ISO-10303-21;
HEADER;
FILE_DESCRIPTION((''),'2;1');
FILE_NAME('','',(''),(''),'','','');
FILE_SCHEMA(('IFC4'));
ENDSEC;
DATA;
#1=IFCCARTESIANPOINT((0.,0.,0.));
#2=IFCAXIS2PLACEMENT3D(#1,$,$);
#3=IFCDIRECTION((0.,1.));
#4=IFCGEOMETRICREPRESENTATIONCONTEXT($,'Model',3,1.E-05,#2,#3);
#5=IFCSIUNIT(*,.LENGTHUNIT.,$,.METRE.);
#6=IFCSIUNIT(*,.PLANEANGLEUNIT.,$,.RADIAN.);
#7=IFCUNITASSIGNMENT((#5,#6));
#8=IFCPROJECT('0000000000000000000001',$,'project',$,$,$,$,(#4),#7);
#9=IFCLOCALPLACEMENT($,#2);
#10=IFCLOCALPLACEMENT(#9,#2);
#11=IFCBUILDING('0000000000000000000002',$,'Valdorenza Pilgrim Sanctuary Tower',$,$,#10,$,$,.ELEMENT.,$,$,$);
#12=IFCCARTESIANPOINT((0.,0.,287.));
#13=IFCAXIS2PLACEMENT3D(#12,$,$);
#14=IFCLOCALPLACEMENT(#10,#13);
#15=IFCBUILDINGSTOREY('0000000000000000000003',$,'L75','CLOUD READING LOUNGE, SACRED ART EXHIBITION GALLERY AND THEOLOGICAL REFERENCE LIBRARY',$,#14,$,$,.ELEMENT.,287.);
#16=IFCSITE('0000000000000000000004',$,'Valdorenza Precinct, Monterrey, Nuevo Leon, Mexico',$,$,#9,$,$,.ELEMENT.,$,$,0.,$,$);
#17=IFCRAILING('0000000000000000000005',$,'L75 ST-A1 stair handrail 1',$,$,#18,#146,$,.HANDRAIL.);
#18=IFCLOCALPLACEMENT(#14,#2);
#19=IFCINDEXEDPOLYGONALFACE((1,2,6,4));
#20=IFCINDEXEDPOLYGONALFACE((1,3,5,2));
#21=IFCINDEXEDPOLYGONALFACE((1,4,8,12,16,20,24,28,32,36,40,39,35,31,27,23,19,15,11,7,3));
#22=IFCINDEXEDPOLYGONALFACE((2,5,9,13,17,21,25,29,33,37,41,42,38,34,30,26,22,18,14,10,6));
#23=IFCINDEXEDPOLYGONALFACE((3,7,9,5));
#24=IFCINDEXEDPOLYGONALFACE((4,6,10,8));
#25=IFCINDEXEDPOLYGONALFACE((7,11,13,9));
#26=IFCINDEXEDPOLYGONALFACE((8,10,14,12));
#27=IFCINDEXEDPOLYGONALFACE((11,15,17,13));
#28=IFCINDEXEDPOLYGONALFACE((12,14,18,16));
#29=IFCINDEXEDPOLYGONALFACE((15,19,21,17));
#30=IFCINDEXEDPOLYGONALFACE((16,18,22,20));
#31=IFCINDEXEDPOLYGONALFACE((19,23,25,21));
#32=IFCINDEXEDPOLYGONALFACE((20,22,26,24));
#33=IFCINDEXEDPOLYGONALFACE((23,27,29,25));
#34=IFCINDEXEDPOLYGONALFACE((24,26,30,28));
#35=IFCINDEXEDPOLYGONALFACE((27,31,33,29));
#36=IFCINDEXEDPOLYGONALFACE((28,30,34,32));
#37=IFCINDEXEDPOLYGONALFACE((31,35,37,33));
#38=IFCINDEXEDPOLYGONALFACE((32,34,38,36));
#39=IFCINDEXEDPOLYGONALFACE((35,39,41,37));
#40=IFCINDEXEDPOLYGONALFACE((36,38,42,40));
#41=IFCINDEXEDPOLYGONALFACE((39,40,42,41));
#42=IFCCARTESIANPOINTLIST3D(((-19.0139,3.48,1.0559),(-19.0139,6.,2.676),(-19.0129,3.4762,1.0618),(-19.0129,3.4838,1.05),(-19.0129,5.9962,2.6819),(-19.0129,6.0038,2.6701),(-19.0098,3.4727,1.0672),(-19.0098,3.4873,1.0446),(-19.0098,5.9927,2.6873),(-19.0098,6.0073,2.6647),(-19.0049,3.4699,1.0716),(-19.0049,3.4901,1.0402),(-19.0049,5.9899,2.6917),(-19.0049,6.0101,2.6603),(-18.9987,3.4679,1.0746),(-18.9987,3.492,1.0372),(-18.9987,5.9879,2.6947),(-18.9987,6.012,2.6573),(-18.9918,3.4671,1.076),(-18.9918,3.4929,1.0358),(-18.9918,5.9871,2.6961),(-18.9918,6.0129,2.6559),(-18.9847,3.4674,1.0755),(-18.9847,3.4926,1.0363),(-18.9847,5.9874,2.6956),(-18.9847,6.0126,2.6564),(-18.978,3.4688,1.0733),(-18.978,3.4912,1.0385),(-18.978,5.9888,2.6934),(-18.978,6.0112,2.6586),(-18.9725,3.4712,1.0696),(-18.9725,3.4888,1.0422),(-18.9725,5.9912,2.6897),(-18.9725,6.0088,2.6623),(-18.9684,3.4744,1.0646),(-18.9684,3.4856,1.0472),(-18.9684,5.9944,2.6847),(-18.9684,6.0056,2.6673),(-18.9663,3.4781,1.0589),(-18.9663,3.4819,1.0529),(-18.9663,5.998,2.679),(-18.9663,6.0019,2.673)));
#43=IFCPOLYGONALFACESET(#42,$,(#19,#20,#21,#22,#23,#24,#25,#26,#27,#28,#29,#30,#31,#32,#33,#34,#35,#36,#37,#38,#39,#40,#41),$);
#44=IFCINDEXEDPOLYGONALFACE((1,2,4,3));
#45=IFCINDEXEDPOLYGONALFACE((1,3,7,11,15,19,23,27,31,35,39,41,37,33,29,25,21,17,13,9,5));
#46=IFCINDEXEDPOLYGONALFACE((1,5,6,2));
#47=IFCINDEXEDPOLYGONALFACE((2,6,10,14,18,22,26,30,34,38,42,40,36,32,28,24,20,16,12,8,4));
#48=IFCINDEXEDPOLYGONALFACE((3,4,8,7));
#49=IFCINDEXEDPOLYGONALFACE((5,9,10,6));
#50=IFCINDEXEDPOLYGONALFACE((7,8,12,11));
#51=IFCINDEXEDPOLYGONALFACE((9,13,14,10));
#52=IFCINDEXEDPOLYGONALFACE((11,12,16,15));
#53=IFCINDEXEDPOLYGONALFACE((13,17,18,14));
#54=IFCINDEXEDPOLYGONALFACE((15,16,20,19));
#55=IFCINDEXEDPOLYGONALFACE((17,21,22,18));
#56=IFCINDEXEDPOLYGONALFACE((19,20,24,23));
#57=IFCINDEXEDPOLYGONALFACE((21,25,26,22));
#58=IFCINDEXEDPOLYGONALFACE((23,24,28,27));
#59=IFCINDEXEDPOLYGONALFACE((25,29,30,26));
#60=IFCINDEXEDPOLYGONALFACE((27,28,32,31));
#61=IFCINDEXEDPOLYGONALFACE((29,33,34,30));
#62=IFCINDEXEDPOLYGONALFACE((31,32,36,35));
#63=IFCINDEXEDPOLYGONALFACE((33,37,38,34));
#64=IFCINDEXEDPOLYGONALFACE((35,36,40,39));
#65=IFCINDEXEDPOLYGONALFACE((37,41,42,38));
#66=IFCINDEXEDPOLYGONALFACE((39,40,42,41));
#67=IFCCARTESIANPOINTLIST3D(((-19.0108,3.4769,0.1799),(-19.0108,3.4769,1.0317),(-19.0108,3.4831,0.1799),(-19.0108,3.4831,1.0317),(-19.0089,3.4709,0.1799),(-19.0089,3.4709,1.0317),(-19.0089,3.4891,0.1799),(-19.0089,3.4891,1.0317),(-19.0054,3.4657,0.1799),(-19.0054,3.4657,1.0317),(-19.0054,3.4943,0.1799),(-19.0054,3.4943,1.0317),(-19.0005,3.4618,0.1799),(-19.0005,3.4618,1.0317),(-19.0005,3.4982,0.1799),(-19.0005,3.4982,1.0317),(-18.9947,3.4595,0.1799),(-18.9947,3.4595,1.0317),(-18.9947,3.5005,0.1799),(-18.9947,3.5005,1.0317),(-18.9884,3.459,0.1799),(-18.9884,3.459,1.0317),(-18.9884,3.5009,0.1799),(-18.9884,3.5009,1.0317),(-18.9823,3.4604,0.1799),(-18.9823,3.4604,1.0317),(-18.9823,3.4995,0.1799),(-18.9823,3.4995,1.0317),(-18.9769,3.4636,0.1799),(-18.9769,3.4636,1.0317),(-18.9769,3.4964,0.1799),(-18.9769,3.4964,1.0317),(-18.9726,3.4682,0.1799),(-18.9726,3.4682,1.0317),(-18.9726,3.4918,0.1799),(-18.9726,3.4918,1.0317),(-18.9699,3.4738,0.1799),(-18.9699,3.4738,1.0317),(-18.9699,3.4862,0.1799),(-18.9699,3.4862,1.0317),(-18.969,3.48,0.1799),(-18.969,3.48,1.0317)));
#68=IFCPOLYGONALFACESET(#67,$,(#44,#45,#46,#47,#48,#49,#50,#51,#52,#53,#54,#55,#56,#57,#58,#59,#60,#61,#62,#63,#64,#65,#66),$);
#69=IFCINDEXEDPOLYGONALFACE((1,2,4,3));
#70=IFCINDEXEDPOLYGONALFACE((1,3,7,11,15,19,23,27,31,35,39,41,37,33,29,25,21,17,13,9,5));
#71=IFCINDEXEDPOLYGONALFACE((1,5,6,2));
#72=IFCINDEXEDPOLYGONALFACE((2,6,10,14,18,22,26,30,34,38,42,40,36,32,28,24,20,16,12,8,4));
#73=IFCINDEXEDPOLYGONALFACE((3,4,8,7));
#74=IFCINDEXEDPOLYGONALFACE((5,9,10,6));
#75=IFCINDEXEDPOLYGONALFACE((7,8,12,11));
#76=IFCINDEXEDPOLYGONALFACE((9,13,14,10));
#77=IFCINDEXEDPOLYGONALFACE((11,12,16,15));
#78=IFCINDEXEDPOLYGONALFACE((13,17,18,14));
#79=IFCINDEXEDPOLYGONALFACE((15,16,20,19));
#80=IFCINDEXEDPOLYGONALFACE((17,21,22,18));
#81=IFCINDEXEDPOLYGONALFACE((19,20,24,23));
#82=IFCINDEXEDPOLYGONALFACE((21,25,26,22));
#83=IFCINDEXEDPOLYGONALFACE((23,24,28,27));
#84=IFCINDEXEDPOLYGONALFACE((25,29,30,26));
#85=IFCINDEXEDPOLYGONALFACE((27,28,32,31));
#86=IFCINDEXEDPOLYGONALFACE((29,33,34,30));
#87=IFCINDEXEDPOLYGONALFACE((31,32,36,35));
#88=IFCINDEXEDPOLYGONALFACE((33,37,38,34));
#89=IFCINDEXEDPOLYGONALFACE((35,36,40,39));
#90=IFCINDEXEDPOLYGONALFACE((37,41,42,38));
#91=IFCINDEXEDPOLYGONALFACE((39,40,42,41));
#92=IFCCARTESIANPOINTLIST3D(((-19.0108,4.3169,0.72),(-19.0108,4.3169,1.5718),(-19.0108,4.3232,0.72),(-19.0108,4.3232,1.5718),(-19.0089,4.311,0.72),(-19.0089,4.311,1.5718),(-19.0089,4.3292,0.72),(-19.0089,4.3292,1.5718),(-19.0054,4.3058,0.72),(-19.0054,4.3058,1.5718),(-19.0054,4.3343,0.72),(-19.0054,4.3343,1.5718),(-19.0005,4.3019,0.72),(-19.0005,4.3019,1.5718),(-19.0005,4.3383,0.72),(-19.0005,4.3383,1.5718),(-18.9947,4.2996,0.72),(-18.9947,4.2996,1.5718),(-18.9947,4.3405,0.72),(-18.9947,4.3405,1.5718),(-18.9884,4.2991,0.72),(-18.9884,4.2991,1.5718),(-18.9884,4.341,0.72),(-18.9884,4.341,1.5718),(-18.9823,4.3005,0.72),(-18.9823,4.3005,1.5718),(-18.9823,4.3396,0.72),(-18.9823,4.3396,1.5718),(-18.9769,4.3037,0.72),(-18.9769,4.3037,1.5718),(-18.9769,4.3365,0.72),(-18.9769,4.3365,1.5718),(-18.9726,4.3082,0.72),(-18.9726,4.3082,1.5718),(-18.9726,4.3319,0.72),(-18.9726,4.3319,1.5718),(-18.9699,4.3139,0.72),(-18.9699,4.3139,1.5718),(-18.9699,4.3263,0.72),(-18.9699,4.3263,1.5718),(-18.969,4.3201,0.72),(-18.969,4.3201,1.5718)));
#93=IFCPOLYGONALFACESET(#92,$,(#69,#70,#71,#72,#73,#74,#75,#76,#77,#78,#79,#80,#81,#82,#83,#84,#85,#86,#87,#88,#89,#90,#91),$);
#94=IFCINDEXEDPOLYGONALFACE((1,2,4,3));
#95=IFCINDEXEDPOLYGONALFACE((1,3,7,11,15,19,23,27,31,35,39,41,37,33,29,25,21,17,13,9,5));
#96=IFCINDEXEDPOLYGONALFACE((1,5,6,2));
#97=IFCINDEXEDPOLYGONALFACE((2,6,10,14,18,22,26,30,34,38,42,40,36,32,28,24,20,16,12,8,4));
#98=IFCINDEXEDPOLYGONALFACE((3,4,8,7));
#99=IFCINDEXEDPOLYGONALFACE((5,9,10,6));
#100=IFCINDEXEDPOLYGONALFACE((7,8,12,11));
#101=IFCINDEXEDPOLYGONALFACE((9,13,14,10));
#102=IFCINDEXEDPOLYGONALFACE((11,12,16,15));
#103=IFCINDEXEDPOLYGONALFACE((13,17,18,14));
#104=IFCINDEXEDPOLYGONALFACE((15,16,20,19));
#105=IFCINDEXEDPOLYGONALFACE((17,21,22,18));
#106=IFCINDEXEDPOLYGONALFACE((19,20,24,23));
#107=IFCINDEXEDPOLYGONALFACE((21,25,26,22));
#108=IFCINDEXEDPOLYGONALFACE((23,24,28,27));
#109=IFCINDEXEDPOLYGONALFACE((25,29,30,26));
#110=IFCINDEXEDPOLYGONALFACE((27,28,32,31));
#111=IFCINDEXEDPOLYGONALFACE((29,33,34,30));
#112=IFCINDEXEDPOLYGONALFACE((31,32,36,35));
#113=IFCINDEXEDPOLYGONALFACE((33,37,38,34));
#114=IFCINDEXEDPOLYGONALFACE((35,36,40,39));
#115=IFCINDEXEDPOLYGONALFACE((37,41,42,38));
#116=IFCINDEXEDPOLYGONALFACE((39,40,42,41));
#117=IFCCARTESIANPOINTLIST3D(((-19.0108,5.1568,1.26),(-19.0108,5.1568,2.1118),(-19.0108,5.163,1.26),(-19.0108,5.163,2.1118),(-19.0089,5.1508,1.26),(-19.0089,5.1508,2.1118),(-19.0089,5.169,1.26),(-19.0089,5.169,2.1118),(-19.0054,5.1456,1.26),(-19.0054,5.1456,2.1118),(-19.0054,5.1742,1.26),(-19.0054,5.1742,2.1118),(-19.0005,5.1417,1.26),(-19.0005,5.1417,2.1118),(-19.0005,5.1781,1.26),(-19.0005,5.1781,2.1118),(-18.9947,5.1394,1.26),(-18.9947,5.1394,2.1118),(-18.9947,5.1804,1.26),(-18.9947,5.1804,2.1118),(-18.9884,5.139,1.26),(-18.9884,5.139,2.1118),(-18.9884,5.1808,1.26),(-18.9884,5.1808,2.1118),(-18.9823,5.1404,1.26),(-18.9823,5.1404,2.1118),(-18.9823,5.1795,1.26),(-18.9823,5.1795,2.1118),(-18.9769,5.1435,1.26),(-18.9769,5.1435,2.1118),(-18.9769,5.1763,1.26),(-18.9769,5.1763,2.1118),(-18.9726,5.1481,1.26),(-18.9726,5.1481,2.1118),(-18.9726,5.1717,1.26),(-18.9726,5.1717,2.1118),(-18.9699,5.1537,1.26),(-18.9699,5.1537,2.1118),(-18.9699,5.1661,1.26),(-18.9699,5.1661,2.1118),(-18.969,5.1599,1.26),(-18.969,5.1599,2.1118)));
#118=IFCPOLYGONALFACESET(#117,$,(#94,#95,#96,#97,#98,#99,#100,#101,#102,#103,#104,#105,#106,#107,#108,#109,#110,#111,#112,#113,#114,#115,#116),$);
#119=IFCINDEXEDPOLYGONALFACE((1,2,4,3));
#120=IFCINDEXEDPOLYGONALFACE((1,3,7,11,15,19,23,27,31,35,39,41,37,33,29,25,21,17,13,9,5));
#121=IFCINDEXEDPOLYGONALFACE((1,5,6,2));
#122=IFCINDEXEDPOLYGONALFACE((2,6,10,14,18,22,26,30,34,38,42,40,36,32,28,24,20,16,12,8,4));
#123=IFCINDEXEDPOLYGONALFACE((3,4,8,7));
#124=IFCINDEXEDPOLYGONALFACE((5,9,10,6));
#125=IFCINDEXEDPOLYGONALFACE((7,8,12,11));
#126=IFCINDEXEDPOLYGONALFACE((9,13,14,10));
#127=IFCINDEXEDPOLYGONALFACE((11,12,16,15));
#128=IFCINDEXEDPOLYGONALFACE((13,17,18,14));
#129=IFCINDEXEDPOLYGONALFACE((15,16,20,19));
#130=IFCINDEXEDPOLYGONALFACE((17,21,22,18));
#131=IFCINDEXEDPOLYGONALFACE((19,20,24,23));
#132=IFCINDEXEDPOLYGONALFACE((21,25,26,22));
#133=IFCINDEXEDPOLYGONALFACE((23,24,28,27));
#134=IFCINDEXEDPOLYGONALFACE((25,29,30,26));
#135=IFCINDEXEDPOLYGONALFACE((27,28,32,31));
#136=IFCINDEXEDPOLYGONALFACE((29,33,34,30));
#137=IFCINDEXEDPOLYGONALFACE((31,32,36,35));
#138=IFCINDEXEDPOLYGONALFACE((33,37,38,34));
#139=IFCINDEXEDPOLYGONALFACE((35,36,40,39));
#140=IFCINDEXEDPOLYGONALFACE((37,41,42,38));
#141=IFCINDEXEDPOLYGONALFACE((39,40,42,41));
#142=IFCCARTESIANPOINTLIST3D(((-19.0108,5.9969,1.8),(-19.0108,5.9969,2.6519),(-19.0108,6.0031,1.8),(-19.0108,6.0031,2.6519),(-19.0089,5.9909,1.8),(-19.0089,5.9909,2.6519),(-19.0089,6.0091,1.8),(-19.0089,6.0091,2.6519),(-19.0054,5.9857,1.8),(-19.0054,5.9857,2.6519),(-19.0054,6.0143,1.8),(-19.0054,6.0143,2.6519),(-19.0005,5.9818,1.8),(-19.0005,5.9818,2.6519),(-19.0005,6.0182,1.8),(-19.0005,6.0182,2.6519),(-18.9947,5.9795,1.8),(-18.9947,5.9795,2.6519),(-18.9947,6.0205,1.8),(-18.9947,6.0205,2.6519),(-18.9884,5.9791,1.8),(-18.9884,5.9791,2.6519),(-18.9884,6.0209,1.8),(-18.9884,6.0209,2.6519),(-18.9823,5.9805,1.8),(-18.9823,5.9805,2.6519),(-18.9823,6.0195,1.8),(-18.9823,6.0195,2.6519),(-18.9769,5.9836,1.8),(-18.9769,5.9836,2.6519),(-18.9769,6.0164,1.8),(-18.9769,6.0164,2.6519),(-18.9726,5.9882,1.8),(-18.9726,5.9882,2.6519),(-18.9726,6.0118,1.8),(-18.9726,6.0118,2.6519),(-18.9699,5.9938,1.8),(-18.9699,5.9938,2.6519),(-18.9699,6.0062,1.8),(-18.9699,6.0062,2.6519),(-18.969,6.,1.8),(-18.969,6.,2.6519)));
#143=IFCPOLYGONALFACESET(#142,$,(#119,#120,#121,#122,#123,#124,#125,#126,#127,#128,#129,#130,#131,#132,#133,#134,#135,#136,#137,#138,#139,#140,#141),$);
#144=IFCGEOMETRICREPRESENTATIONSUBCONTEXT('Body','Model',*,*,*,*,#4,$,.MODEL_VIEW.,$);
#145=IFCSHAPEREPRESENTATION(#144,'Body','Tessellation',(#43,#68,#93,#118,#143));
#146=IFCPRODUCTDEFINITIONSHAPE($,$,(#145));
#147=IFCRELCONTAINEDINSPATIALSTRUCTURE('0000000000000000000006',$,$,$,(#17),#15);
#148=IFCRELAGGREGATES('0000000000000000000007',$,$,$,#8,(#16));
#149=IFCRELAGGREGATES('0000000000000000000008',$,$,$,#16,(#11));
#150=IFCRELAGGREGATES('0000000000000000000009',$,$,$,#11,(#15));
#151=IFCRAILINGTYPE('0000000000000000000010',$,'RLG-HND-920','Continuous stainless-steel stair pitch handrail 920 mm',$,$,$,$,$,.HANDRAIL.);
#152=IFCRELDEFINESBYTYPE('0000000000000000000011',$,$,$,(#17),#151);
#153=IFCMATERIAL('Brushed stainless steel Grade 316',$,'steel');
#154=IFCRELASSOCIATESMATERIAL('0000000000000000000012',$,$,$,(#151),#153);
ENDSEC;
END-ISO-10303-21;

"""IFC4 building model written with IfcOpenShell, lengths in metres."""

from ifc_helpers import new_model, si_unit, direction, frame, origin, origin_2d, place, context, subcontext, project, spatial, circle, extrude, material, type_object, element, save


model = new_model("IFC4")

# Units and contexts
model_context = context("Model", 3, precision=1e-05, world=origin(), true_north=direction((0.0, 1.0)))
body_context = subcontext(model_context, "Body", "Model", "MODEL_VIEW")
ifc_project = project(units=[si_unit("LENGTHUNIT", "METRE"), si_unit("PLANEANGLEUNIT", "RADIAN")], contexts=[model_context])

# Site, building, storey
site_placement = place(None, origin())
site = spatial("IfcSite", under=ifc_project, at=site_placement, Name="Valdorenza Precinct, Monterrey, Nuevo Leon, Mexico", CompositionType="ELEMENT", RefElevation=0.0)
building_placement = place(site_placement, origin())
building = spatial("IfcBuilding", under=site, at=building_placement, Name="Valdorenza Pilgrim Sanctuary Tower", CompositionType="ELEMENT")
storey_placement = place(building_placement, frame((0.0, 0.0, 287.0)))
storey = spatial("IfcBuildingStorey", under=building, at=storey_placement, Name="L75", Description="CLOUD READING LOUNGE, SACRED ART EXHIBITION GALLERY AND THEOLOGICAL REFERENCE LIBRARY", CompositionType="ELEMENT", Elevation=287.0)

# Railing
ifc_material_1 = material(Name="Brushed stainless steel Grade 316", Category="steel")
railing_type_1 = type_object("IfcRailingType", Name="RLG-HND-920", Description="Continuous stainless-steel stair pitch handrail 920 mm", PredefinedType="HANDRAIL", material=ifc_material_1)
railing_1_placement = place(storey_placement, frame((-18.99, 3.48, 0.1799)))
element("IfcRailing", 1, at=railing_1_placement, inside=storey, type_object=railing_type_1, Name="L75 ST-A1 stair handrail 1", PredefinedType="HANDRAIL", context=body_context, shape_type="SweptSolid", body=[
    extrude(circle(Radius=0.0239, at=origin_2d()), frame((0.0, 0.0, 0.876), z_axis=(0.0, 0.841163, 0.540782), x_axis=(-1.0, 0.0, 0.0)), (0.0, 0.0, 1.0), 2.9958),
    extrude(circle(Radius=0.021, at=origin_2d()), origin(), (0.0, 0.0, 1.0), 0.8518),
    extrude(circle(Radius=0.021, at=origin_2d()), frame((0.0, 0.8401, 0.54)), (0.0, 0.0, 1.0), 0.8518),
    extrude(circle(Radius=0.021, at=origin_2d()), frame((0.0, 1.6799, 1.0801)), (0.0, 0.0, 1.0), 0.8518),
    extrude(circle(Radius=0.021, at=origin_2d()), frame((0.0, 2.52, 1.6201)), (0.0, 0.0, 1.0), 0.8518),
])

save(model, "model.ifc")
